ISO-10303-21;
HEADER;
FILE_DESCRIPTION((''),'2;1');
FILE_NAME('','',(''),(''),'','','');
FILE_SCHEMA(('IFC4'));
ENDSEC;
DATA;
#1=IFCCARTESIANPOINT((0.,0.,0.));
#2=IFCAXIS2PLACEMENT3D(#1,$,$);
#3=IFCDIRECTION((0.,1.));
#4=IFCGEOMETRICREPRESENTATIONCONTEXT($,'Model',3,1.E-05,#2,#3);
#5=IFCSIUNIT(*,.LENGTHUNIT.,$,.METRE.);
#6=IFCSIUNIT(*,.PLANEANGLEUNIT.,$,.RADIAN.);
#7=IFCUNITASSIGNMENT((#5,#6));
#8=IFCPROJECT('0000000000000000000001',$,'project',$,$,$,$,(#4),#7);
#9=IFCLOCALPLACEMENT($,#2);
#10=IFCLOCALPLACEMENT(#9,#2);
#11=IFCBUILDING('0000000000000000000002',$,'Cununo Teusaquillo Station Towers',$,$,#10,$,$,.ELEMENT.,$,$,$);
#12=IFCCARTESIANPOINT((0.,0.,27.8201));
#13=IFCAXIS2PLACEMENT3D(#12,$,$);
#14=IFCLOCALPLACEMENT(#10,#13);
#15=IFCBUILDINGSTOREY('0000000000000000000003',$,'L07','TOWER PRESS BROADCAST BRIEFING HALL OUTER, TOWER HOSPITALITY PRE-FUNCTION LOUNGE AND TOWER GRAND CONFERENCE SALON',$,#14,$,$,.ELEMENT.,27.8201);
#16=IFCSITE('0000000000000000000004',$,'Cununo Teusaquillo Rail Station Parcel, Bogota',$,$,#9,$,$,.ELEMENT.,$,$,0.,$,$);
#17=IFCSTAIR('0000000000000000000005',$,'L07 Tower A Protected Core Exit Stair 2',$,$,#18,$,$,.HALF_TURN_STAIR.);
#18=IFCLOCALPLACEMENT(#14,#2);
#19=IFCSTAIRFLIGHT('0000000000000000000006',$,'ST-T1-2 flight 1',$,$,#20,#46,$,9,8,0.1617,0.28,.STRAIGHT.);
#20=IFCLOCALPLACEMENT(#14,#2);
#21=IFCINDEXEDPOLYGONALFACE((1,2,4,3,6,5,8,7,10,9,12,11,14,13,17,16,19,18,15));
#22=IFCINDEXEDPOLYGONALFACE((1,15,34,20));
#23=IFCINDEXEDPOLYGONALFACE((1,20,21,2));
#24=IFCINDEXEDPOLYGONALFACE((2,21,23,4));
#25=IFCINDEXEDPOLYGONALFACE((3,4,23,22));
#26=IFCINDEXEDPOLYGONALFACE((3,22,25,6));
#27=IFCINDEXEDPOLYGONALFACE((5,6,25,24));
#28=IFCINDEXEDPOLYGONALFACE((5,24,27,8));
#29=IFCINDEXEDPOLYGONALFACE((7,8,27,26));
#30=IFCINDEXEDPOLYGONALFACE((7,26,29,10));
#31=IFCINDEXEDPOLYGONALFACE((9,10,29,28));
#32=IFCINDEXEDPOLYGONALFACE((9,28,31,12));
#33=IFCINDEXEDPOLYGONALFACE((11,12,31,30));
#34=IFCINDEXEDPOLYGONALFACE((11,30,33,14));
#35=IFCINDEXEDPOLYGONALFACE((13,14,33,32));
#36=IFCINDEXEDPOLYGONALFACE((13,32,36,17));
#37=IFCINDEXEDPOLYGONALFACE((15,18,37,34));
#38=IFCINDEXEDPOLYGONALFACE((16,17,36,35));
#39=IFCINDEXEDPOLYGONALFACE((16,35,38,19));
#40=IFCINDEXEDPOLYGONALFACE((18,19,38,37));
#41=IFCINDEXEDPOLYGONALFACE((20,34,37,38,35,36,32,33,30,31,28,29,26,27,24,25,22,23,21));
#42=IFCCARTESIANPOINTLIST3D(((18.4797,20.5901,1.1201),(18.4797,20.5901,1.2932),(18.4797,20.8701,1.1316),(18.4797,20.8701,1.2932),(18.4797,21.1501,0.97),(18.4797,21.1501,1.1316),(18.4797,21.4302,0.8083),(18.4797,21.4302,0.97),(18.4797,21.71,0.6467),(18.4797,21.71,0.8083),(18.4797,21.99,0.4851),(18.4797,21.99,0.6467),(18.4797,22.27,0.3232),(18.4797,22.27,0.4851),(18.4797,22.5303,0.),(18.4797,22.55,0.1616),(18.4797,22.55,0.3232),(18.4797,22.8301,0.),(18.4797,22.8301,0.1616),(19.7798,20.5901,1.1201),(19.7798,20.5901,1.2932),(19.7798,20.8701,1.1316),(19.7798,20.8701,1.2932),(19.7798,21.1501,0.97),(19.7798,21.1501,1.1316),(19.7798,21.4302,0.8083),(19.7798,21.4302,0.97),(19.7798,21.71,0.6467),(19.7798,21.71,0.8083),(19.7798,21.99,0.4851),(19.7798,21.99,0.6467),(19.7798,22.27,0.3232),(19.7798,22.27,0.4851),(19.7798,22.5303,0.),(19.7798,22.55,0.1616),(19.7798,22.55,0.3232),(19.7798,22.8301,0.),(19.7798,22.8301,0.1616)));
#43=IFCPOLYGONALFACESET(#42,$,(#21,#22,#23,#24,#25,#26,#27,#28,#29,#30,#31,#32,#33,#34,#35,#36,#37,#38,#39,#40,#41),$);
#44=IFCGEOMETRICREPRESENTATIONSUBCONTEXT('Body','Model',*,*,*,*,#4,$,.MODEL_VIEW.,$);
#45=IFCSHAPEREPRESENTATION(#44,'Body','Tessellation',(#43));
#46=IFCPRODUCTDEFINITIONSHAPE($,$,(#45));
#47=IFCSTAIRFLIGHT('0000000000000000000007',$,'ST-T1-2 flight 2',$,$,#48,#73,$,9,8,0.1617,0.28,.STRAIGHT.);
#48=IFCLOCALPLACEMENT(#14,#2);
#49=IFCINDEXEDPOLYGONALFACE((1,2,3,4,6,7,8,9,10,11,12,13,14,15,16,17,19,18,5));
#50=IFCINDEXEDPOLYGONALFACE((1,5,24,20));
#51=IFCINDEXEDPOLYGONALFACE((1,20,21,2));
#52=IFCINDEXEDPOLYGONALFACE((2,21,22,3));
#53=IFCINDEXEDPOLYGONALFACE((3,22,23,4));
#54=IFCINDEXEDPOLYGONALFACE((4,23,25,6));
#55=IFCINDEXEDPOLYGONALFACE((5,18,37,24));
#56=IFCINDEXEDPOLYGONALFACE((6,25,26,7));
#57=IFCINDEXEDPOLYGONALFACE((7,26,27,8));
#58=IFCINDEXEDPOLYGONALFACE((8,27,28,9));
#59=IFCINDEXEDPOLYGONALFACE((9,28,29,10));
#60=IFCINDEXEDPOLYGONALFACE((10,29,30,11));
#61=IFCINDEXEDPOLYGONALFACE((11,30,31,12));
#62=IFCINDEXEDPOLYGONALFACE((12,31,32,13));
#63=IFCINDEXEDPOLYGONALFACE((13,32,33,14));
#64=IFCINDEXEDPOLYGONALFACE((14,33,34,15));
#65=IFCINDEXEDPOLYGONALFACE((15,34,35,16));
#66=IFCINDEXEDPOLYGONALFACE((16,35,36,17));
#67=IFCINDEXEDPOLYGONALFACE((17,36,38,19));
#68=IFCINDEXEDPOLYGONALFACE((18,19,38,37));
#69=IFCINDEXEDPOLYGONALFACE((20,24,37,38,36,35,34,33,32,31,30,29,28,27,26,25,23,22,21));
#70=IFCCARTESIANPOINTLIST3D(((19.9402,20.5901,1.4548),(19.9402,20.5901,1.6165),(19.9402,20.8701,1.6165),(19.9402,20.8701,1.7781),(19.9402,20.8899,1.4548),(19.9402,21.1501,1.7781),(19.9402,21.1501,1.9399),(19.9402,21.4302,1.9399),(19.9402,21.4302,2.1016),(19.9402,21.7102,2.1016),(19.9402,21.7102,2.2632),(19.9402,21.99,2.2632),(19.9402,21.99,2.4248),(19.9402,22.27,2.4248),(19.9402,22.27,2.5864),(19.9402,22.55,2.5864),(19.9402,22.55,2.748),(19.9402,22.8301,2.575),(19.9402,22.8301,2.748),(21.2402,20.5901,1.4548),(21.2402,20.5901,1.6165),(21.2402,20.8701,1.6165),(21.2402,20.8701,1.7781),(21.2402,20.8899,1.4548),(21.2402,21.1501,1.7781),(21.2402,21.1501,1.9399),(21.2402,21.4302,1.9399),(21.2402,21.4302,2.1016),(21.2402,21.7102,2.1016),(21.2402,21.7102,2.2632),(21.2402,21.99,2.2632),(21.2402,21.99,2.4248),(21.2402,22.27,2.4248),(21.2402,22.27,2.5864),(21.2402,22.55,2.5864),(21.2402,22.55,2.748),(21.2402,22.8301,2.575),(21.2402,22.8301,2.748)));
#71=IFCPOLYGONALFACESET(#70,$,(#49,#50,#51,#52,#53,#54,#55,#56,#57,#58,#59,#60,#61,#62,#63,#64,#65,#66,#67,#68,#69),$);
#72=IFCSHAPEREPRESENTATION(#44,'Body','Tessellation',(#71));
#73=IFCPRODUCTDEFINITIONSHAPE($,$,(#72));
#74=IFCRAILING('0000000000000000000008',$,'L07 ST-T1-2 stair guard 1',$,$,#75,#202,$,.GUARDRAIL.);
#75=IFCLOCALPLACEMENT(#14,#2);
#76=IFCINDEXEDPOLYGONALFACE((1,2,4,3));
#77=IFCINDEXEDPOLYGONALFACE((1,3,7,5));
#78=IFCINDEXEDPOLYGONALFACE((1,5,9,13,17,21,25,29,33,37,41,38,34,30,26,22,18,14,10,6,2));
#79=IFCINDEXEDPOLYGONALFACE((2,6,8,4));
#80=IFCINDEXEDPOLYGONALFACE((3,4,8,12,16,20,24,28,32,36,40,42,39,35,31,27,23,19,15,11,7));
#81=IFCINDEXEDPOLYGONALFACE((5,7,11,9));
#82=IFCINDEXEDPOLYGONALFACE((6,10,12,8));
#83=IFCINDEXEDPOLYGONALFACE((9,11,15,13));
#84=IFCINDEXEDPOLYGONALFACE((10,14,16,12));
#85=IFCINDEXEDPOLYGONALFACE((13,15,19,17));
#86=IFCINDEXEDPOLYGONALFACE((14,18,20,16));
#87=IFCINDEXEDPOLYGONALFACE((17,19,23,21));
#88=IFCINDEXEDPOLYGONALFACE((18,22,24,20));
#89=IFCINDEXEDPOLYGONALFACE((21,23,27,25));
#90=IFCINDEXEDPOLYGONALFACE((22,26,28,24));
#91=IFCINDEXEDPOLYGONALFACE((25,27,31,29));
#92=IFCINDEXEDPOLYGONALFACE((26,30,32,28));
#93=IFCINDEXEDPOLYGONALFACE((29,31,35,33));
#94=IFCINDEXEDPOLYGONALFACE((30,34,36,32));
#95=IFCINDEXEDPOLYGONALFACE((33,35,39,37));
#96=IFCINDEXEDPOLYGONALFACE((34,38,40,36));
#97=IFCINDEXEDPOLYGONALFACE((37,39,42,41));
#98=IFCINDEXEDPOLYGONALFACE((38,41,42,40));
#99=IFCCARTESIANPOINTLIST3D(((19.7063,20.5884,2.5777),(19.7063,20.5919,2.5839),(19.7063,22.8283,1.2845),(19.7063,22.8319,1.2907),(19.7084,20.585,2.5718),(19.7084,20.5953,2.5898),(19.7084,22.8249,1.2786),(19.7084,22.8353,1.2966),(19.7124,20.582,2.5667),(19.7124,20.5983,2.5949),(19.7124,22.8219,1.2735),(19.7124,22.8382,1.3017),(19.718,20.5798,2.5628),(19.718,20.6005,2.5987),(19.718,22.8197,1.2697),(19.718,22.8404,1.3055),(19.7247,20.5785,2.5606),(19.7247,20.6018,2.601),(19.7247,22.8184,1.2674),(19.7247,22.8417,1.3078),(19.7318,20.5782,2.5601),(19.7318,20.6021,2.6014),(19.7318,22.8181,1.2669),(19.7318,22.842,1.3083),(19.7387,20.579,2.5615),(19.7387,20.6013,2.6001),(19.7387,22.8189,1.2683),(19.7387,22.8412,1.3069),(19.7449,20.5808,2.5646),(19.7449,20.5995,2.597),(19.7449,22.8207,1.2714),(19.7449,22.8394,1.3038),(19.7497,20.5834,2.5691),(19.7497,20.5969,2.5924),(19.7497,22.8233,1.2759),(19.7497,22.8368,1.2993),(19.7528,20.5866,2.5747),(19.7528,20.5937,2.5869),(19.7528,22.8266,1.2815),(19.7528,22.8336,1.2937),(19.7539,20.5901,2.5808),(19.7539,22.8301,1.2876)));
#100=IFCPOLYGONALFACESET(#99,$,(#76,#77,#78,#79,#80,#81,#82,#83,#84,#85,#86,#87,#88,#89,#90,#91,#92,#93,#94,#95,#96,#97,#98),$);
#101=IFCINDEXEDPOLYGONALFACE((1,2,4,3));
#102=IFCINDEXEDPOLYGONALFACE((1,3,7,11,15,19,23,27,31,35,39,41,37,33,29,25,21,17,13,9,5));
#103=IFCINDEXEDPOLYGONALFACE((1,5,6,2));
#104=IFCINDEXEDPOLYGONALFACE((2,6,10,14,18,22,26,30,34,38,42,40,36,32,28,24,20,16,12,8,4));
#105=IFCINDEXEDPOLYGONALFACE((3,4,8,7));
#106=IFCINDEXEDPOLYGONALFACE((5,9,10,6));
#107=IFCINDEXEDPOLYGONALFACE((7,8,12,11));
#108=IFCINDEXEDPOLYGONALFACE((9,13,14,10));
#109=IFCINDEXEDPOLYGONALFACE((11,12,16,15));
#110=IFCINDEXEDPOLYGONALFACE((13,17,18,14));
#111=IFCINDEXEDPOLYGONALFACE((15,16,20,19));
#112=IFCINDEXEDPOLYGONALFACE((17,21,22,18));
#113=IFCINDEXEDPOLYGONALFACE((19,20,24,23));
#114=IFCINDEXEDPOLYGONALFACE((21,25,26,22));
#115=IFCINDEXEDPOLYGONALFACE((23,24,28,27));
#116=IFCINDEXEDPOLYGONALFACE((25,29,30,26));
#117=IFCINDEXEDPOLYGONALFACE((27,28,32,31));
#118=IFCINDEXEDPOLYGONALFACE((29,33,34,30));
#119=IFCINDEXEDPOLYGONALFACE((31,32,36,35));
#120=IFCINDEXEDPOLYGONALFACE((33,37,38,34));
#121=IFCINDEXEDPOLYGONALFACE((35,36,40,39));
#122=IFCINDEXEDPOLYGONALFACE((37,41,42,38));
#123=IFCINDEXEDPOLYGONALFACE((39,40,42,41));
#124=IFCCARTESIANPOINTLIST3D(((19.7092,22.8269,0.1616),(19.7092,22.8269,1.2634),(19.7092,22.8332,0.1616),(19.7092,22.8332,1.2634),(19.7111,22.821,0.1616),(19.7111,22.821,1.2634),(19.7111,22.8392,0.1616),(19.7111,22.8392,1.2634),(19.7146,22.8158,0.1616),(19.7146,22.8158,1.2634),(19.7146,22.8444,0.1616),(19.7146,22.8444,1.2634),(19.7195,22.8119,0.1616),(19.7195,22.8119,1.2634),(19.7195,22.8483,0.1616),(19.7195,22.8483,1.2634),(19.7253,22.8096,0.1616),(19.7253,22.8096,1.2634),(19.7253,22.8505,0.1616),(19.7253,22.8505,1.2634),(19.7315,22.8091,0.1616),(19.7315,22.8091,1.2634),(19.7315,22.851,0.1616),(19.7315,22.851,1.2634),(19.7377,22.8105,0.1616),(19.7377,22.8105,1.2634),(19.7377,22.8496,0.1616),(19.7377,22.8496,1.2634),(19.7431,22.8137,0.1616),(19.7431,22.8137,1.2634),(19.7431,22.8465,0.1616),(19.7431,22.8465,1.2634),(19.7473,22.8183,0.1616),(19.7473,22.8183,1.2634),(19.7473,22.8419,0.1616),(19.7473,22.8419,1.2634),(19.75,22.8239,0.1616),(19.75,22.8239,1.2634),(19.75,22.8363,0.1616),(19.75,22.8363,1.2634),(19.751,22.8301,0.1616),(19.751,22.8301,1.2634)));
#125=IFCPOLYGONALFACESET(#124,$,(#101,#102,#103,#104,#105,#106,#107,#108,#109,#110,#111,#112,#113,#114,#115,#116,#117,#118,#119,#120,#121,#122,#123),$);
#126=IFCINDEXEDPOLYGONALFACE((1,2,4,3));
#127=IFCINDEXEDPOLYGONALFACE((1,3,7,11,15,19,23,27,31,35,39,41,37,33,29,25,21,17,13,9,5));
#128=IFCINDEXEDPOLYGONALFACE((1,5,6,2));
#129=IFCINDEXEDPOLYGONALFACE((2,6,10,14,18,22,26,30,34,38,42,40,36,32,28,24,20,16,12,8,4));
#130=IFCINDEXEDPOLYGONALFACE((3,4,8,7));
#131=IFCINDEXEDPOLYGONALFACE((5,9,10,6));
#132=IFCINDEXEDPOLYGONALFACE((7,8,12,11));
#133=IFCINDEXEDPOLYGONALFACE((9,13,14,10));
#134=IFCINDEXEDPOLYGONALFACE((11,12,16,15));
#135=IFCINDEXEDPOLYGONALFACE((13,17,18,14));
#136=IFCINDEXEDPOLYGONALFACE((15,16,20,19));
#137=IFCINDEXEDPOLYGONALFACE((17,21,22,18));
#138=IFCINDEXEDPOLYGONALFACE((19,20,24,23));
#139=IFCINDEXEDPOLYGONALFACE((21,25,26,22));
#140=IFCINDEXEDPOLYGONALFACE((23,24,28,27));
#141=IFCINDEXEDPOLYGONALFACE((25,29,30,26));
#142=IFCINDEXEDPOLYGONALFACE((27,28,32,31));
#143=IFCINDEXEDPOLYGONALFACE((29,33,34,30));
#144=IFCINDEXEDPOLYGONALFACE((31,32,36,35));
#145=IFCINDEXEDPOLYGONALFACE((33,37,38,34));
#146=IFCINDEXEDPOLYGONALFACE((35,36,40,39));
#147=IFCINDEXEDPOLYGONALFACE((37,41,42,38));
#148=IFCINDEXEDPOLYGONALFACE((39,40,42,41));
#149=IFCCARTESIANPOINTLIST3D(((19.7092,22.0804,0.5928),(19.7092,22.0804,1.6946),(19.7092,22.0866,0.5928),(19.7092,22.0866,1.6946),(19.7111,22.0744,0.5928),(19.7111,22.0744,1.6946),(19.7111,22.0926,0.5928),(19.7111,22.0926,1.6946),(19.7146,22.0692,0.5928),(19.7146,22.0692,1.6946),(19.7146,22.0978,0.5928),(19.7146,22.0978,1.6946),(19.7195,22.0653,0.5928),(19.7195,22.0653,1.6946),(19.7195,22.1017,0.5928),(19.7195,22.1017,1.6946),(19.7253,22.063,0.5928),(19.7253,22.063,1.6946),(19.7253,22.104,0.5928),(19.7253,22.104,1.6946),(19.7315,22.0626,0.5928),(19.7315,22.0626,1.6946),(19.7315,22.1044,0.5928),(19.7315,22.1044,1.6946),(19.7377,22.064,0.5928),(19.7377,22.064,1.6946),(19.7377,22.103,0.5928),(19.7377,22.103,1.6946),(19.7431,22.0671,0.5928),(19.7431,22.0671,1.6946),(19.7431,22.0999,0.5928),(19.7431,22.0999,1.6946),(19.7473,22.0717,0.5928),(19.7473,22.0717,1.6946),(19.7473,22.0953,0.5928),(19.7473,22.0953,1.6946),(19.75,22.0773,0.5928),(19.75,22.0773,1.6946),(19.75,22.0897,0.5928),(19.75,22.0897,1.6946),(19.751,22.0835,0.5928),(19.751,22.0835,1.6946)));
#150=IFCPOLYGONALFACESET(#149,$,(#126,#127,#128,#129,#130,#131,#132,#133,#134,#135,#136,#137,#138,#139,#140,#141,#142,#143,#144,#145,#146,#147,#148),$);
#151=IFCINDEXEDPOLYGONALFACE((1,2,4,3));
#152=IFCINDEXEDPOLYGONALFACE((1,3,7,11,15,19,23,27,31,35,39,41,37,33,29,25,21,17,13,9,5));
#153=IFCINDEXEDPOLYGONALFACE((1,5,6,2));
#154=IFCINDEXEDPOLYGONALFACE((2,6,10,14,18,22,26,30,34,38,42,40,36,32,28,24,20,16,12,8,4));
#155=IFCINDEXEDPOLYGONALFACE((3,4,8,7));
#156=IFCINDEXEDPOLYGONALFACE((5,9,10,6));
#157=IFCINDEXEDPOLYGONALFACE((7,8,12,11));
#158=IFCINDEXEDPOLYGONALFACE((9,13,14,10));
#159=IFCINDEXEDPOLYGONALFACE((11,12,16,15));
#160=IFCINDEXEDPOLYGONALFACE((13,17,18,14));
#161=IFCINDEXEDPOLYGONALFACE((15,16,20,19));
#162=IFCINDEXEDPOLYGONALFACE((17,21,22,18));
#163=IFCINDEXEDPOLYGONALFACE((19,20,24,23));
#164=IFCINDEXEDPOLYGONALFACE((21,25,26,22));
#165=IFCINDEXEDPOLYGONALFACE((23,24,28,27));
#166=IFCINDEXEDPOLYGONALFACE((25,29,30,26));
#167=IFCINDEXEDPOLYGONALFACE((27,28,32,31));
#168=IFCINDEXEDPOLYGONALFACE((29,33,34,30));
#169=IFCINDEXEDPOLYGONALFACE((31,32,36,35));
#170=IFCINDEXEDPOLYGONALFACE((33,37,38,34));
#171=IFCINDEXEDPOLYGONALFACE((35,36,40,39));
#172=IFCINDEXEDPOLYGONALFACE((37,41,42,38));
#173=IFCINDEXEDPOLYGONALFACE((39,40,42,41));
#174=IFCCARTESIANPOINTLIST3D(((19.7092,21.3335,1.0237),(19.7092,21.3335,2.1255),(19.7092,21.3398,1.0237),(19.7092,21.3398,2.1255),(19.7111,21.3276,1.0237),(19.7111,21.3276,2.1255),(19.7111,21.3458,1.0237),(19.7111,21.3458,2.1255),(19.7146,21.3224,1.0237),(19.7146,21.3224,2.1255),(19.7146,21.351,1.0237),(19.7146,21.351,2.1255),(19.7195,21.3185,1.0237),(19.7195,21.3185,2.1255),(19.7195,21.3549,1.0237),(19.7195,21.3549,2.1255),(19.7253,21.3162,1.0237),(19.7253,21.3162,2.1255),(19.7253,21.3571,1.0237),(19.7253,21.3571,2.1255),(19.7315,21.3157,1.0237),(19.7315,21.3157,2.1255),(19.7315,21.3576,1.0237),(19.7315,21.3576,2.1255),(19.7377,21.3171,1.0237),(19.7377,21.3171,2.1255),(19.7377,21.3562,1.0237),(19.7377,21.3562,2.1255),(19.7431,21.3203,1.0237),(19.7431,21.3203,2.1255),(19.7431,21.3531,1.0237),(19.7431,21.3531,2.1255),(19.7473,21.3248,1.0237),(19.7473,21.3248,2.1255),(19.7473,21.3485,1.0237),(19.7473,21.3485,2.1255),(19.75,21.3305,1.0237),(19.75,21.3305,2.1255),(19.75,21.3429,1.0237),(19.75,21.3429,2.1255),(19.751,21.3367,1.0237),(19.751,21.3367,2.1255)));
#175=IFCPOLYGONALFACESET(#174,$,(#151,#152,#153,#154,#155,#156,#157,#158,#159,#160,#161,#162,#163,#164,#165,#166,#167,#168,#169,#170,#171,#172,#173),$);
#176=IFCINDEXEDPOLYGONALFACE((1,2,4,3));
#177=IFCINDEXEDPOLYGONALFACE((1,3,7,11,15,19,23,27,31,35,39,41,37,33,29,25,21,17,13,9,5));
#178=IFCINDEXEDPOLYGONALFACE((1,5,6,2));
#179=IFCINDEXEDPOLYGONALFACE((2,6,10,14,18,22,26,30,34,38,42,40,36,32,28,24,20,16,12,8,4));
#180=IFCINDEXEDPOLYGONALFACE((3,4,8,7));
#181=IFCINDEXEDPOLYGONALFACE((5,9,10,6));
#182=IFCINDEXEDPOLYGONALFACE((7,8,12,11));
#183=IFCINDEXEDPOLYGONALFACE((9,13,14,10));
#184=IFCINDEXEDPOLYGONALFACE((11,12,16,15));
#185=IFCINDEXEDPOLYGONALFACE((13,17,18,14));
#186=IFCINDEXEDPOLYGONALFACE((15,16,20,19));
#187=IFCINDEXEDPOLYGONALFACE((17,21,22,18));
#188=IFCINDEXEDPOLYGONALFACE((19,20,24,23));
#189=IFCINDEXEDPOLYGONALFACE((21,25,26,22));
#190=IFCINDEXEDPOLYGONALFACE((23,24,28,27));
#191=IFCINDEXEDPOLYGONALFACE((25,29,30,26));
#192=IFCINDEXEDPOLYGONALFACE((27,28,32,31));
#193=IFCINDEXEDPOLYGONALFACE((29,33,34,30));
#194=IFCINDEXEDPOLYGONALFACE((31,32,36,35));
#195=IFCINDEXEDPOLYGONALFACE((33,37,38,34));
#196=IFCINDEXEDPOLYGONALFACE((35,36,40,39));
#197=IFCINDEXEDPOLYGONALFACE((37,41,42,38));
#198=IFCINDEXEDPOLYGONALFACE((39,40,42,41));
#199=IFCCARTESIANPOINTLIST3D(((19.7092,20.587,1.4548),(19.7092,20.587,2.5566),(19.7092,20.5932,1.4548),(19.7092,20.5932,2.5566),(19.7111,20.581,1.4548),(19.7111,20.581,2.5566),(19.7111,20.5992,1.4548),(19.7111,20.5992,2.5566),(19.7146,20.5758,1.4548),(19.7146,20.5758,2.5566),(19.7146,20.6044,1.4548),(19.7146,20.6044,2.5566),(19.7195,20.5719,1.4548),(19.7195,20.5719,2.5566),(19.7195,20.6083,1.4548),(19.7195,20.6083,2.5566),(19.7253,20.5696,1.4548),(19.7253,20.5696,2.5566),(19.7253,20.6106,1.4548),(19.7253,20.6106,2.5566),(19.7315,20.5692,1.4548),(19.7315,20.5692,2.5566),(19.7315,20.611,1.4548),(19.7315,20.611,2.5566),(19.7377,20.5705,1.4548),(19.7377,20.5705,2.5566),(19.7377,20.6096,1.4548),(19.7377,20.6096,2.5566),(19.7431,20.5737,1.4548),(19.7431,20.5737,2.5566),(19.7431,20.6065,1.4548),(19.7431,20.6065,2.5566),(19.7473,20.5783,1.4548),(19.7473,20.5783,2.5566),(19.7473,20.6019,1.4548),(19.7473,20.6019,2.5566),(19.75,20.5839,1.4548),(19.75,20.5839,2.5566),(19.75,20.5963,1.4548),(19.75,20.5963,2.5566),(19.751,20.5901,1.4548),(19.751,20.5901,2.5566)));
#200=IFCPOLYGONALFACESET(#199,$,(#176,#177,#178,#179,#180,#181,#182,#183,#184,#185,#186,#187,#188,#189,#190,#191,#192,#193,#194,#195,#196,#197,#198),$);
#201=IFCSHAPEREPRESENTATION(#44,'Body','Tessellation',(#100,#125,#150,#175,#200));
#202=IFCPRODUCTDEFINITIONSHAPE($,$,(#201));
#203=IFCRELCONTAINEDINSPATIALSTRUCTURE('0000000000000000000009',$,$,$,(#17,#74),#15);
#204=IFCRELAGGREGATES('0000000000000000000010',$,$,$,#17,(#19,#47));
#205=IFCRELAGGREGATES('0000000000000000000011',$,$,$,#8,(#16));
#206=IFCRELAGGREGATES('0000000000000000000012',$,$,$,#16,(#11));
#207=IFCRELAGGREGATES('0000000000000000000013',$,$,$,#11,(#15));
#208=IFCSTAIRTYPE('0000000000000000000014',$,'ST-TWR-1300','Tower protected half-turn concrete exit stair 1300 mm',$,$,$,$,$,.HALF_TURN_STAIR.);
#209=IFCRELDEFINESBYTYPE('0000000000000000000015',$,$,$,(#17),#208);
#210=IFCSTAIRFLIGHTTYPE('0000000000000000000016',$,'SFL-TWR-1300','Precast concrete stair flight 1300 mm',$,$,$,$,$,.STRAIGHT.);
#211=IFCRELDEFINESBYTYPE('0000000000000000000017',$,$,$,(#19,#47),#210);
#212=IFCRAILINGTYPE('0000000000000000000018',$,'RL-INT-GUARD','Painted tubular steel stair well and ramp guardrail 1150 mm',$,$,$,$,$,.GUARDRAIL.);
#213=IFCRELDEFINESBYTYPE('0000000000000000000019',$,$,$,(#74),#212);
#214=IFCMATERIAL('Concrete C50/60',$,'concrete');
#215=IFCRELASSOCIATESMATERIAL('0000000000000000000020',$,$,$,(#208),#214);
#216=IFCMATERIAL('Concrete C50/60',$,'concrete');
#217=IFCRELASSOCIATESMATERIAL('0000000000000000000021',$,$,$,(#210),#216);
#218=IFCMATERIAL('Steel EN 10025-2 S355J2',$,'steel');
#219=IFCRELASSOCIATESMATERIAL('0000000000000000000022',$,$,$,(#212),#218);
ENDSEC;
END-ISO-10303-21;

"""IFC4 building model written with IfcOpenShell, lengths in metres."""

from ifc_helpers import new_model, si_unit, direction, frame, origin, origin_2d, place, context, subcontext, project, spatial, polyline, circle, outline, extrude, material, type_object, element, aggregate, save


model = new_model("IFC4")

# Units and contexts
model_context = context("Model", 3, precision=1e-05, world=origin(), true_north=direction((0.0, 1.0)))
body_context = subcontext(model_context, "Body", "Model", "MODEL_VIEW")
ifc_project = project(units=[si_unit("LENGTHUNIT", "METRE"), si_unit("PLANEANGLEUNIT", "RADIAN")], contexts=[model_context])

# Site, building, storey
site_placement = place(None, origin())
site = spatial("IfcSite", under=ifc_project, at=site_placement, Name="Cununo Teusaquillo Rail Station Parcel, Bogota", CompositionType="ELEMENT", RefElevation=0.0)
building_placement = place(site_placement, origin())
building = spatial("IfcBuilding", under=site, at=building_placement, Name="Cununo Teusaquillo Station Towers", CompositionType="ELEMENT")
storey_placement = place(building_placement, frame((0.0, 0.0, 27.8201)))
storey = spatial("IfcBuildingStorey", under=building, at=storey_placement, Name="L07", Description="TOWER PRESS BROADCAST BRIEFING HALL OUTER, TOWER HOSPITALITY PRE-FUNCTION LOUNGE AND TOWER GRAND CONFERENCE SALON", CompositionType="ELEMENT", Elevation=27.8201)

# Stair, stair flights
ifc_material_1 = material(Name="Concrete C50/60", Category="concrete")
stair_type = type_object("IfcStairType", Name="ST-TWR-1300", Description="Tower protected half-turn concrete exit stair 1300 mm", PredefinedType="HALF_TURN_STAIR", material=ifc_material_1)
stair_placement = place(storey_placement, origin())
stair = element("IfcStair", 1, at=stair_placement, inside=storey, type_object=stair_type, Name="L07 Tower A Protected Core Exit Stair 2", PredefinedType="HALF_TURN_STAIR")
ifc_material_2 = material(Name="Concrete C50/60", Category="concrete")
stair_flight_type = type_object("IfcStairFlightType", Name="SFL-TWR-1300", Description="Precast concrete stair flight 1300 mm", PredefinedType="STRAIGHT", material=ifc_material_2)
stair_flight_1_placement = place(storey_placement, frame((19.1299, 22.8301, 0.0), z_axis=(0.0, 0.0, 1.0), x_axis=(0.0, -1.0, 0.0)))
stair_flight_1 = element("IfcStairFlight", 2, at=stair_flight_1_placement, type_object=stair_flight_type, Name="ST-T1-2 flight 1", NumberOfRisers=9, NumberOfTreads=8, PredefinedType="STRAIGHT", RiserHeight=0.1617, TreadLength=0.28, context=body_context, shape_type="SweptSolid", body=[
    extrude(outline(polyline([(0.0, 0.0), (0.0, 0.1616), (0.28, 0.1616), (0.28, 0.3232), (0.5601, 0.3232), (0.5601, 0.4851), (0.8401, 0.4851), (0.8401, 0.6467), (1.1201, 0.6467), (1.1201, 0.8083), (1.3999, 0.8083), (1.3999, 0.97), (1.6799, 0.97), (1.6799, 1.1316), (1.96, 1.1316), (1.96, 1.2932), (2.24, 1.2932), (2.24, 1.4551), (2.24, 1.1201), (0.2998, 0.0), (0.0, 0.0)])), frame((0.0, 0.6499, 0.0), z_axis=(0.0, -1.0, 0.0), x_axis=(1.0, 0.0, 0.0)), (0.0, 0.0, 1.0), 1.3),
])
stair_flight_2_placement = place(storey_placement, frame((20.5901, 20.5901, 1.4548), z_axis=(0.0, 0.0, 1.0), x_axis=(0.0, 1.0, 0.0)))
stair_flight_2 = element("IfcStairFlight", 3, at=stair_flight_2_placement, type_object=stair_flight_type, Name="ST-T1-2 flight 2", NumberOfRisers=9, NumberOfTreads=8, PredefinedType="STRAIGHT", RiserHeight=0.1617, TreadLength=0.28, context=body_context, shape_type="SweptSolid", body=[
    extrude(outline(polyline([(0.0, 0.0), (0.0, 0.1616), (0.28, 0.1616), (0.28, 0.3232), (0.5601, 0.3232), (0.5601, 0.4851), (0.8401, 0.4851), (0.8401, 0.6467), (1.1201, 0.6467), (1.1201, 0.8083), (1.3999, 0.8083), (1.3999, 0.97), (1.6799, 0.97), (1.6799, 1.1316), (1.96, 1.1316), (1.96, 1.2932), (2.24, 1.2932), (2.24, 1.4551), (2.24, 1.1201), (0.2998, 0.0), (0.0, 0.0)])), frame((0.0, 0.6499, 0.0), z_axis=(0.0, -1.0, 0.0), x_axis=(1.0, 0.0, 0.0)), (0.0, 0.0, 1.0), 1.3),
])
aggregate(stair, [stair_flight_1, stair_flight_2])

# Railing
ifc_material_3 = material(Name="Steel EN 10025-2 S355J2", Category="steel")
railing_type_1 = type_object("IfcRailingType", Name="RL-INT-GUARD", Description="Painted tubular steel stair well and ramp guardrail 1150 mm", PredefinedType="GUARDRAIL", material=ifc_material_3)
railing_1_placement = place(storey_placement, frame((19.73, 22.8301, 0.1616)))
element("IfcRailing", 4, at=railing_1_placement, inside=storey, type_object=railing_type_1, Name="L07 ST-T1-2 stair guard 1", PredefinedType="GUARDRAIL", context=body_context, shape_type="SweptSolid", body=[
    extrude(circle(Radius=0.0239, at=origin_2d()), frame((0.0, 0.0, 1.126), z_axis=(0.0, -0.866033, 0.499987), x_axis=(1.0, 0.0, 0.0)), (0.0, 0.0, 1.0), 2.5864),
    extrude(circle(Radius=0.021, at=origin_2d()), origin(), (0.0, 0.0, 1.0), 1.1018),
    extrude(circle(Radius=0.021, at=origin_2d()), frame((0.0, -0.7466, 0.4312)), (0.0, 0.0, 1.0), 1.1018),
    extrude(circle(Radius=0.021, at=origin_2d()), frame((0.0, -1.4934, 0.8621)), (0.0, 0.0, 1.0), 1.1018),
    extrude(circle(Radius=0.021, at=origin_2d()), frame((0.0, -2.24, 1.2932)), (0.0, 0.0, 1.0), 1.1018),
])

save(model, "model.ifc")
